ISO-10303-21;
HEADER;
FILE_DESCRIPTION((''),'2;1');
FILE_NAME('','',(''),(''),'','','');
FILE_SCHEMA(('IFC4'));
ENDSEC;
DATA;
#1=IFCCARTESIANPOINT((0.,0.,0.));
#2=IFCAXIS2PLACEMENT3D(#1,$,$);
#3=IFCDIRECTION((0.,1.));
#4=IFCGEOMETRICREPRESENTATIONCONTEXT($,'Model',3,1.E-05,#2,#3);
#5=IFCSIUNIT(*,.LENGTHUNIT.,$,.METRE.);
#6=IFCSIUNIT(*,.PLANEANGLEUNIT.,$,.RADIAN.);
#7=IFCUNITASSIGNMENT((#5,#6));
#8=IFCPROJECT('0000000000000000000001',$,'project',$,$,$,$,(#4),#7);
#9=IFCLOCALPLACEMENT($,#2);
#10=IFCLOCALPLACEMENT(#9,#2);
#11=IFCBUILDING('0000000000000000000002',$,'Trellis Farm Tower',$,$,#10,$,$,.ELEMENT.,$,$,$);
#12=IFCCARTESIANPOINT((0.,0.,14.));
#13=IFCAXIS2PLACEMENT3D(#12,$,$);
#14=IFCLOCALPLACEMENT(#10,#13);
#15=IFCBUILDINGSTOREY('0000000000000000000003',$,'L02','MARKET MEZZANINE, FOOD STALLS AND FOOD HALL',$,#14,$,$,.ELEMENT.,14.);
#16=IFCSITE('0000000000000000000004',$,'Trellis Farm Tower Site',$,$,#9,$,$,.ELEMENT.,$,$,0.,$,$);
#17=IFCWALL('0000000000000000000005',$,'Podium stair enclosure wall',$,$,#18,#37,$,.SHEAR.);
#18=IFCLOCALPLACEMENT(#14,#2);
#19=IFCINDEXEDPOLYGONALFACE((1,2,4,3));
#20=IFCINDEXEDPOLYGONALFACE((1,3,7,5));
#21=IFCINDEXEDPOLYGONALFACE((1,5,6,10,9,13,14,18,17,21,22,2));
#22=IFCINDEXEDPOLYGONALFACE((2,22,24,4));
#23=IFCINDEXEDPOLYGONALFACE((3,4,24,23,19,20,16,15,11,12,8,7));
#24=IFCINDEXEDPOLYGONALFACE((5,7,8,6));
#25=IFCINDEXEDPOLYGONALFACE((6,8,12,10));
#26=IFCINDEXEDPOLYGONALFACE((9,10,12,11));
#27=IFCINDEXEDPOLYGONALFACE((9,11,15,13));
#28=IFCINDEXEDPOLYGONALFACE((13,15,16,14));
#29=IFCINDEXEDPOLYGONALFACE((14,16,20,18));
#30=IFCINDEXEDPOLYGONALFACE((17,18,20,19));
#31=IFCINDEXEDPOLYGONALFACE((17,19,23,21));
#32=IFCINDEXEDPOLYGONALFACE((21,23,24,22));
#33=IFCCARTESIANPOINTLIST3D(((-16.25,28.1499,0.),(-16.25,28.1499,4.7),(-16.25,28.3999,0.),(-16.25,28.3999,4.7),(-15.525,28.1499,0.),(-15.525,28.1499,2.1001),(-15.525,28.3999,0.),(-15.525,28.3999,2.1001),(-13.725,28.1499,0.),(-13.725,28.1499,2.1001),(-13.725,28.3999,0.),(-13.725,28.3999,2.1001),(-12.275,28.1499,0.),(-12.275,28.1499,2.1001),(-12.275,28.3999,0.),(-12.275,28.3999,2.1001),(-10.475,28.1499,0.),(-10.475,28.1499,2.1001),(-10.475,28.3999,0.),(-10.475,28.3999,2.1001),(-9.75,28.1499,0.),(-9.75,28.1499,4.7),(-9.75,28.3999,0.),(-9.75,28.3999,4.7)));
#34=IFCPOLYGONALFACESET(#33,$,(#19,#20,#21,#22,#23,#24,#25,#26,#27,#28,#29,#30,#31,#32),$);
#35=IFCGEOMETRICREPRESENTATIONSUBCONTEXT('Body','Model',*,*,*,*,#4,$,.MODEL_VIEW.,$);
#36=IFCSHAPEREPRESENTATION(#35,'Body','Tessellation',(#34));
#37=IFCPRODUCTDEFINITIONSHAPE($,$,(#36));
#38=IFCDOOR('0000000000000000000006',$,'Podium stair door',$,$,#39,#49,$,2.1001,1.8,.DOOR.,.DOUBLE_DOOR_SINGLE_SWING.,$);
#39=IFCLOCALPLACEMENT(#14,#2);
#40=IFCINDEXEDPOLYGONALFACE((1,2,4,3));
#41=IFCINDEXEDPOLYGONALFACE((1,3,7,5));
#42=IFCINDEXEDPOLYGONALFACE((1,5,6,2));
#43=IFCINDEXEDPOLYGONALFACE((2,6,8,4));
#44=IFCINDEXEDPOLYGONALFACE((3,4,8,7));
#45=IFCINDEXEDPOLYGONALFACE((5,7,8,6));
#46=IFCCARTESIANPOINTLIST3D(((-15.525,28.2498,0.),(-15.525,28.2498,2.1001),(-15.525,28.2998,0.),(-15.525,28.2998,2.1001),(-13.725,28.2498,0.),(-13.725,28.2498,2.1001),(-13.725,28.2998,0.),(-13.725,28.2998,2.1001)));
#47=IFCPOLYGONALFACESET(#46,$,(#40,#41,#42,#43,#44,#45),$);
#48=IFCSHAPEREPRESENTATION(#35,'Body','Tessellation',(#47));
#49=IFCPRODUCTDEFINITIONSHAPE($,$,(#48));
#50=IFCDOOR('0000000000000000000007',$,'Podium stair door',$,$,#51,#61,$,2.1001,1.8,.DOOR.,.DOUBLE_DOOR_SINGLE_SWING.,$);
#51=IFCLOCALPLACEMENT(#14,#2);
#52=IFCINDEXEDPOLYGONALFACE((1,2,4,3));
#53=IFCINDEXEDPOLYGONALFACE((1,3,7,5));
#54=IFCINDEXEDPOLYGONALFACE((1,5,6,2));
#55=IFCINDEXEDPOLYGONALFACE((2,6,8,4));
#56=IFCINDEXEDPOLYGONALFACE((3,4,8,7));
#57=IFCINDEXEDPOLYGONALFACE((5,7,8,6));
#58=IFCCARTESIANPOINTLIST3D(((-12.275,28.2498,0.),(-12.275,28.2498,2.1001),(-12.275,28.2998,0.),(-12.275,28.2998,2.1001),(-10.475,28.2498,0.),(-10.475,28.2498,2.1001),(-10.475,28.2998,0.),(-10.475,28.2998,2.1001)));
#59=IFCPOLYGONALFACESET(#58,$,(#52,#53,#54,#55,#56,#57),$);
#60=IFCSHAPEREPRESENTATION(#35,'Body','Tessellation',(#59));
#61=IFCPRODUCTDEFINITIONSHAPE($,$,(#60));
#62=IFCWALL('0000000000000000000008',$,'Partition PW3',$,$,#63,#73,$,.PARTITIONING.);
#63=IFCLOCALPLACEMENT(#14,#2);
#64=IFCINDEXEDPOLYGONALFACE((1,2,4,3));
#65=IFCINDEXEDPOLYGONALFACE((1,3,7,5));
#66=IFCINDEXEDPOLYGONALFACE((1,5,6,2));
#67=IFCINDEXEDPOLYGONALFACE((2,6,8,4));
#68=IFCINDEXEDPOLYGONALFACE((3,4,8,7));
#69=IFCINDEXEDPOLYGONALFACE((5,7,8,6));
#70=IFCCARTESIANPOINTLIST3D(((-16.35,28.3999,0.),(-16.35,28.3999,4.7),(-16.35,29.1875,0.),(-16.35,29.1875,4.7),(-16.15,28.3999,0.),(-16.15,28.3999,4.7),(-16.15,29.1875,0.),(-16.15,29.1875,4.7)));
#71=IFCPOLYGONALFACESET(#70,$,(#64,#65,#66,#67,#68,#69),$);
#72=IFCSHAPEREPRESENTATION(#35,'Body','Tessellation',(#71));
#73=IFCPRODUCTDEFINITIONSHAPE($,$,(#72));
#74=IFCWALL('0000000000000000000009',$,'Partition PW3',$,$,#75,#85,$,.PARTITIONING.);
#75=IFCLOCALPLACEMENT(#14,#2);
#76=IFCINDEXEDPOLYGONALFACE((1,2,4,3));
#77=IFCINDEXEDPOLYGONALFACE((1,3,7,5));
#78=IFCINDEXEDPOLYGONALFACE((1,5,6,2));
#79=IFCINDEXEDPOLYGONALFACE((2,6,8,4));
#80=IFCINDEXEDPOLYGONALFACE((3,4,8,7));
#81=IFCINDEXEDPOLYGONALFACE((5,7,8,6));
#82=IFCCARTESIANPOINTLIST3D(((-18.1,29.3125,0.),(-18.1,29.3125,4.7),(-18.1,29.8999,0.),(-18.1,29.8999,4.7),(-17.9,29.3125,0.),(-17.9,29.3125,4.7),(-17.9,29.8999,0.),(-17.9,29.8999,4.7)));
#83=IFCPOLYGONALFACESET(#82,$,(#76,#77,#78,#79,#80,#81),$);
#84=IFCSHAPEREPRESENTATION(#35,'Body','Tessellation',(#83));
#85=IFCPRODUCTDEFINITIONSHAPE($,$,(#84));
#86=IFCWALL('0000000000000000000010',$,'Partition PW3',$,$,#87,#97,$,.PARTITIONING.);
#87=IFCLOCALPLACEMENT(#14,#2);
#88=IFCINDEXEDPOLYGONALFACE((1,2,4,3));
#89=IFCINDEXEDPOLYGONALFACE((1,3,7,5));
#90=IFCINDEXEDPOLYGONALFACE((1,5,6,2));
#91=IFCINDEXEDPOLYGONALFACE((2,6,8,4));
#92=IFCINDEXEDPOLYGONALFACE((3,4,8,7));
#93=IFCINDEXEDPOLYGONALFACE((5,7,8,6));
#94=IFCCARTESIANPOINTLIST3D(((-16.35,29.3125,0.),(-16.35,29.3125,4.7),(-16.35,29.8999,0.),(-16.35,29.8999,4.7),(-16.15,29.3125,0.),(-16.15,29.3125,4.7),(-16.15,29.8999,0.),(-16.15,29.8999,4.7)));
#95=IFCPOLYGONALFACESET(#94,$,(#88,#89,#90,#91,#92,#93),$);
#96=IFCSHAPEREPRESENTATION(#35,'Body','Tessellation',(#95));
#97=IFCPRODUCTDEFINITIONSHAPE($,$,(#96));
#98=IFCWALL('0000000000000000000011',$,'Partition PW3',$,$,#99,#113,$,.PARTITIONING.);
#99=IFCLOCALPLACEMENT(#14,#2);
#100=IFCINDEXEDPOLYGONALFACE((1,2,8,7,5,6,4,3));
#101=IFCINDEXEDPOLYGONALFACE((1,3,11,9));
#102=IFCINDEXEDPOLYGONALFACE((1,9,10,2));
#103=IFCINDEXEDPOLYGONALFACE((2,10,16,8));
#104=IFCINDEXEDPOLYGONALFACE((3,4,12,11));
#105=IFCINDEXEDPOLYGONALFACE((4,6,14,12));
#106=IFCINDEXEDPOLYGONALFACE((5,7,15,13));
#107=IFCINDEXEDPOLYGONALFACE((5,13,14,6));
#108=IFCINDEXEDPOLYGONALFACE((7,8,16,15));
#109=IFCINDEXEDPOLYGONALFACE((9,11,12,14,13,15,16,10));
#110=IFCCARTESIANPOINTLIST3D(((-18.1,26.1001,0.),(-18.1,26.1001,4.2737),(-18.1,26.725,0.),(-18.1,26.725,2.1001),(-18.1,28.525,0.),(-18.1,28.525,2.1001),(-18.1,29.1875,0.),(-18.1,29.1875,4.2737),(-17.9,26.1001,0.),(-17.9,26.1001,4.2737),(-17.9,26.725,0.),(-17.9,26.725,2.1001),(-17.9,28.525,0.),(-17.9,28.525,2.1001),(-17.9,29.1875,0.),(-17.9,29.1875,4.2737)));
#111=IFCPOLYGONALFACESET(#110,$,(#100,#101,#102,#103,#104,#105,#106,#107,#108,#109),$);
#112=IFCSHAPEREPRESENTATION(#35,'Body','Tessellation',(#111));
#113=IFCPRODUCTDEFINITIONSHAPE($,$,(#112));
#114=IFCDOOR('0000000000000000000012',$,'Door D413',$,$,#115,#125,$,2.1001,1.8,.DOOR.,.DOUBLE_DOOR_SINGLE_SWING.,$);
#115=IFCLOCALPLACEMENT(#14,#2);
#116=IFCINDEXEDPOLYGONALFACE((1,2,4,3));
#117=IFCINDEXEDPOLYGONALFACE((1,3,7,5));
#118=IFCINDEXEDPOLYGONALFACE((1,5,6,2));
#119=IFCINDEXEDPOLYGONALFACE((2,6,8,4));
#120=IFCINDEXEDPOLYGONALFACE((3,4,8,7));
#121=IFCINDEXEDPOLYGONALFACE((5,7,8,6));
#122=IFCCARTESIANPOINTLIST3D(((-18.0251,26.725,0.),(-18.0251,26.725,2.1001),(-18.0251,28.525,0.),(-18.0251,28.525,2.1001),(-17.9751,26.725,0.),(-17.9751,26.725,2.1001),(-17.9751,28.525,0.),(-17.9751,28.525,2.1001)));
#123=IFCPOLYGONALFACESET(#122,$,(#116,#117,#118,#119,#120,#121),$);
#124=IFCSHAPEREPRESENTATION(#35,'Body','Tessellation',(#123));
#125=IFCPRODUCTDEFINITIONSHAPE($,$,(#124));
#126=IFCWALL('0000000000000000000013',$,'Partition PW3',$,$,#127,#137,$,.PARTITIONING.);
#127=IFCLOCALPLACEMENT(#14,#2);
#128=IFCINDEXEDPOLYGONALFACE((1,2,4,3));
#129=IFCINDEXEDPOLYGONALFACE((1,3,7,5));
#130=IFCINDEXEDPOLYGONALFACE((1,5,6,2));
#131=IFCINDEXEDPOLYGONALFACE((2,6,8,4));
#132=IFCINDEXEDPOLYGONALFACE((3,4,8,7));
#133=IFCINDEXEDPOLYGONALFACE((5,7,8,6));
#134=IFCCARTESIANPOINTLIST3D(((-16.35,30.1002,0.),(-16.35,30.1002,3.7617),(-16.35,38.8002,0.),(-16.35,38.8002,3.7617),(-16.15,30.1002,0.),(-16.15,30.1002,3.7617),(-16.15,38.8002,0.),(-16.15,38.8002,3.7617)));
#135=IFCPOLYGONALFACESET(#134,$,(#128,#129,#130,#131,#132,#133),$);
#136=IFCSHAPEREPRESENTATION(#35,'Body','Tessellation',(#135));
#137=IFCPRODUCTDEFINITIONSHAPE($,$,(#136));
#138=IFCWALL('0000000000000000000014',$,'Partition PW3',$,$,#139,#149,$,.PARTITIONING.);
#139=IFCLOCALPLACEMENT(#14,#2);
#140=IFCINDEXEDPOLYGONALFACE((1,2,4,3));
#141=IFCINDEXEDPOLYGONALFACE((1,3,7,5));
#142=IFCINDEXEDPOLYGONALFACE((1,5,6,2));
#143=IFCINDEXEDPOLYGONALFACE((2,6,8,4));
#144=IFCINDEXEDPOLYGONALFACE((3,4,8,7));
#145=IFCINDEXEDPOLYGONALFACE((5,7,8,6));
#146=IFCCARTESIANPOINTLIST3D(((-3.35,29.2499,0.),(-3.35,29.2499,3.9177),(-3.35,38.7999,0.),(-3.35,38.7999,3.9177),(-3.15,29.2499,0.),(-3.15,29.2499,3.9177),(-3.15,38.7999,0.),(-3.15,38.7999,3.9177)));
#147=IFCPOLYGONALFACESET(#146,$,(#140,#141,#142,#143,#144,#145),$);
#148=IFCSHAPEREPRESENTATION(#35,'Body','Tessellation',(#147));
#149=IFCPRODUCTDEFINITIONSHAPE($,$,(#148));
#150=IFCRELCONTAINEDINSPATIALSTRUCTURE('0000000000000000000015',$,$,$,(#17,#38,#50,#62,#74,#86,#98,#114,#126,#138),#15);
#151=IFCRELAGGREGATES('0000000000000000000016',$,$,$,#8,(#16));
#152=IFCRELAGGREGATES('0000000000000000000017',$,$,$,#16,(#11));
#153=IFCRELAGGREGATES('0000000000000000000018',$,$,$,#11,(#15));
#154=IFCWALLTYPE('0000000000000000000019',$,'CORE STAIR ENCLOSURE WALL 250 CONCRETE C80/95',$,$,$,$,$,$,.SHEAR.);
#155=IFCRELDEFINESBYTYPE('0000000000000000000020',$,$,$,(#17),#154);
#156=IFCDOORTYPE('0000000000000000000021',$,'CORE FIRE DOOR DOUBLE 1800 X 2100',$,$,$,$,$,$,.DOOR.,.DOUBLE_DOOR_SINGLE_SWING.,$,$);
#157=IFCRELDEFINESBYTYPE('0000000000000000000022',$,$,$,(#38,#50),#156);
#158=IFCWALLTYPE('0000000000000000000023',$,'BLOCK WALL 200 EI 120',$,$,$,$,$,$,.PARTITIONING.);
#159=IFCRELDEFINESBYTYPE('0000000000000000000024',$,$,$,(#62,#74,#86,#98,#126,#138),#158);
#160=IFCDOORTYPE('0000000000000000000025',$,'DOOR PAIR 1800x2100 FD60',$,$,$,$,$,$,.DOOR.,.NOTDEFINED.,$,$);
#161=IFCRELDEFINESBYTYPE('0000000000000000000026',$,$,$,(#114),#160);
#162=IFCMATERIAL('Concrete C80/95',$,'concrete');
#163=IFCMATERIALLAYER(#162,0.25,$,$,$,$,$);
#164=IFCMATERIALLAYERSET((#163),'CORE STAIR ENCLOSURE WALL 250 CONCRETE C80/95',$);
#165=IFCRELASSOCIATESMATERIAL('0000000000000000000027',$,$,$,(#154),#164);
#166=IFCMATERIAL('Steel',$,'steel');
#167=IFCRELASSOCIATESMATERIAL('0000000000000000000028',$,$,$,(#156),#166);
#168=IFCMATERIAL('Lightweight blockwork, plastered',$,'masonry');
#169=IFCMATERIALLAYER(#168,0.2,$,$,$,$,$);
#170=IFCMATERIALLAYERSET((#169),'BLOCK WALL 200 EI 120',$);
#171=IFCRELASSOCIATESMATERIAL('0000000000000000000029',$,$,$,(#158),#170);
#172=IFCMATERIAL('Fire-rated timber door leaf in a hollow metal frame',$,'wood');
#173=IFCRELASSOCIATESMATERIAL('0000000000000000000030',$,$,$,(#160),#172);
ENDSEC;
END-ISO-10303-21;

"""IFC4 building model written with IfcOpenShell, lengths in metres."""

from ifc_helpers import new_model, si_unit, direction, frame, frame_2d, origin, place, context, subcontext, project, spatial, rectangle, extrude, source, transform, mapped, material, layer, layer_set, type_object, element, fill, save


model = new_model("IFC4")

# Units and contexts
model_context = context("Model", 3, precision=1e-05, world=origin(), true_north=direction((0.0, 1.0)))
body_context = subcontext(model_context, "Body", "Model", "MODEL_VIEW")
ifc_project = project(units=[si_unit("LENGTHUNIT", "METRE"), si_unit("PLANEANGLEUNIT", "RADIAN")], contexts=[model_context])

# Site, building, storey
site_placement = place(None, origin())
site = spatial("IfcSite", under=ifc_project, at=site_placement, Name="Trellis Farm Tower Site", CompositionType="ELEMENT", RefElevation=0.0)
building_placement = place(site_placement, origin())
building = spatial("IfcBuilding", under=site, at=building_placement, Name="Trellis Farm Tower", CompositionType="ELEMENT")
storey_placement = place(building_placement, frame((0.0, 0.0, 14.0)))
storey = spatial("IfcBuildingStorey", under=building, at=storey_placement, Name="L02", Description="MARKET MEZZANINE, FOOD STALLS AND FOOD HALL", CompositionType="ELEMENT", Elevation=14.0)

# Shared definitions
ifc_material_1 = material(Name="Concrete C80/95", Category="concrete")

# Wall, openings, doors
ifc_layer_1 = layer(ifc_material_1, 0.25)
ifc_layer_set_1 = layer_set([ifc_layer_1], Name="CORE STAIR ENCLOSURE WALL 250 CONCRETE C80/95")
wall_type_1 = type_object("IfcWallType", Name="CORE STAIR ENCLOSURE WALL 250 CONCRETE C80/95", PredefinedType="SHEAR", material=ifc_layer_set_1)
shared_shape_1 = source(origin(), body_context, "Body", "SweptSolid", [
    extrude(rectangle(XDim=6.5, YDim=0.25, at=frame_2d((3.25, 0.0))), origin(), (0.0, 0.0, 1.0), 4.7),
])
wall_1_placement = place(storey_placement, frame((-16.25, 28.2749, 0.0), z_axis=(0.0, 0.0, 1.0), x_axis=(1.0, 0.0, 0.0)))
wall_1 = element("IfcWall", 1, at=wall_1_placement, inside=storey, type_object=wall_type_1, Name="Podium stair enclosure wall", PredefinedType="SHEAR", context=body_context, shape_type="MappedRepresentation", body=[
    mapped(shared_shape_1, transform((0.0, 0.0, 0.0))),
])
shared_shape_2 = source(origin(), body_context, "Body", "SweptSolid", [
    extrude(rectangle(XDim=1.8, YDim=2.1001, at=frame_2d((0.8999, 1.05))), frame((0.0, 0.135, 0.0), z_axis=(0.0, -1.0, 0.0), x_axis=(1.0, 0.0, 0.0)), (0.0, 0.0, 1.0), 0.27),
])
opening_1_placement = place(wall_1_placement, frame((0.7251, 0.0, 0.0)))
opening_1 = element("IfcOpeningElement", 2, at=opening_1_placement, cuts=wall_1, PredefinedType="OPENING", context=body_context, shape_type="MappedRepresentation", body=[
    mapped(shared_shape_2, transform((0.0, 0.0, 0.0))),
])
opening_2_placement = place(wall_1_placement, frame((3.9751, 0.0, 0.0)))
opening_2 = element("IfcOpeningElement", 3, at=opening_2_placement, cuts=wall_1, PredefinedType="OPENING", context=body_context, shape_type="MappedRepresentation", body=[
    mapped(shared_shape_2, transform((0.0, 0.0, 0.0))),
])
ifc_material_2 = material(Name="Steel", Category="steel")
door_type_1 = type_object("IfcDoorType", Name="CORE FIRE DOOR DOUBLE 1800 X 2100", OperationType="DOUBLE_DOOR_SINGLE_SWING", PredefinedType="DOOR", material=ifc_material_2)
shared_shape_3 = source(origin(), body_context, "Body", "SweptSolid", [
    extrude(rectangle(XDim=1.8, YDim=2.1001, at=frame_2d((0.8999, 1.05))), frame((0.0, 0.0249, 0.0), z_axis=(0.0, -1.0, 0.0), x_axis=(1.0, 0.0, 0.0)), (0.0, 0.0, 1.0), 0.05),
])
door_1_placement = place(opening_1_placement, origin())
door_1 = element("IfcDoor", 4, at=door_1_placement, inside=storey, type_object=door_type_1, Name="Podium stair door", OperationType="DOUBLE_DOOR_SINGLE_SWING", OverallHeight=2.1001, OverallWidth=1.8, PredefinedType="DOOR", context=body_context, shape_type="MappedRepresentation", body=[
    mapped(shared_shape_3, transform((0.0, 0.0, 0.0))),
])
fill(opening_1, door_1)
door_2_placement = place(opening_2_placement, origin())
door_2 = element("IfcDoor", 5, at=door_2_placement, inside=storey, type_object=door_type_1, Name="Podium stair door", OperationType="DOUBLE_DOOR_SINGLE_SWING", OverallHeight=2.1001, OverallWidth=1.8, PredefinedType="DOOR", context=body_context, shape_type="MappedRepresentation", body=[
    mapped(shared_shape_3, transform((0.0, 0.0, 0.0))),
])
fill(opening_2, door_2)

# Walls
ifc_material_3 = material(Name="Lightweight blockwork, plastered", Category="masonry")
ifc_layer_2 = layer(ifc_material_3, 0.2)
ifc_layer_set_2 = layer_set([ifc_layer_2], Name="BLOCK WALL 200 EI 120")
wall_type_2 = type_object("IfcWallType", Name="BLOCK WALL 200 EI 120", PredefinedType="PARTITIONING", material=ifc_layer_set_2)
shared_shape_4 = source(origin(), body_context, "Body", "SweptSolid", [
    extrude(rectangle(XDim=0.7876, YDim=0.2, at=frame_2d((0.3938, 0.0))), origin(), (0.0, 0.0, 1.0), 4.7),
])
wall_2_placement = place(storey_placement, frame((-16.25, 28.3999, 0.0), z_axis=(0.0, 0.0, 1.0), x_axis=(0.0, 1.0, 0.0)))
element("IfcWall", 6, at=wall_2_placement, inside=storey, type_object=wall_type_2, Name="Partition PW3", PredefinedType="PARTITIONING", context=body_context, shape_type="MappedRepresentation", body=[
    mapped(shared_shape_4, transform((0.0, 0.0, 0.0))),
])
shared_shape_5 = source(origin(), body_context, "Body", "SweptSolid", [
    extrude(rectangle(XDim=0.5874, YDim=0.2, at=frame_2d((0.2937, 0.0))), origin(), (0.0, 0.0, 1.0), 4.7),
])
for number, where, z_axis, x_axis, name in (
    (7, (-18.0, 29.3125, 0.0), (0.0, 0.0, 1.0), (0.0, 1.0, 0.0), "Partition PW3"),
    (8, (-16.25, 29.3125, 0.0), (0.0, 0.0, 1.0), (0.0, 1.0, 0.0), "Partition PW3"),
):
    element("IfcWall", number, at=place(storey_placement, frame(where, z_axis=z_axis, x_axis=x_axis)), inside=storey, type_object=wall_type_2, Name=name, PredefinedType="PARTITIONING", context=body_context, shape_type="MappedRepresentation", body=[
        mapped(shared_shape_5, transform((0.0, 0.0, 0.0))),
    ])

# Wall, opening, door
shared_shape_6 = source(origin(), body_context, "Body", "SweptSolid", [
    extrude(rectangle(XDim=3.0874, YDim=0.2, at=frame_2d((1.5437, 0.0))), origin(), (0.0, 0.0, 1.0), 4.2737),
])
wall_3_placement = place(storey_placement, frame((-18.0, 29.1875, 0.0), z_axis=(0.0, 0.0, 1.0), x_axis=(0.0, -1.0, 0.0)))
wall_3 = element("IfcWall", 9, at=wall_3_placement, inside=storey, type_object=wall_type_2, Name="Partition PW3", PredefinedType="PARTITIONING", context=body_context, shape_type="MappedRepresentation", body=[
    mapped(shared_shape_6, transform((0.0, 0.0, 0.0))),
])
shared_shape_7 = source(origin(), body_context, "Body", "SweptSolid", [
    extrude(rectangle(XDim=1.8, YDim=2.1001, at=frame_2d((0.8999, 1.05))), frame((0.0, 0.1101, 0.0), z_axis=(0.0, -1.0, 0.0), x_axis=(1.0, 0.0, 0.0)), (0.0, 0.0, 1.0), 0.2202),
])
opening_3_placement = place(wall_3_placement, frame((0.6626, 0.0, 0.0)))
opening_3 = element("IfcOpeningElement", 10, at=opening_3_placement, cuts=wall_3, PredefinedType="OPENING", context=body_context, shape_type="MappedRepresentation", body=[
    mapped(shared_shape_7, transform((0.0, 0.0, 0.0))),
])
ifc_material_4 = material(Name="Fire-rated timber door leaf in a hollow metal frame", Category="wood")
door_type_2 = type_object("IfcDoorType", Name="DOOR PAIR 1800x2100 FD60", OperationType="NOTDEFINED", PredefinedType="DOOR", material=ifc_material_4)
door_3_placement = place(opening_3_placement, origin())
door_3 = element("IfcDoor", 11, at=door_3_placement, inside=storey, type_object=door_type_2, Name="Door D413", OperationType="DOUBLE_DOOR_SINGLE_SWING", OverallHeight=2.1001, OverallWidth=1.8, PredefinedType="DOOR", context=body_context, shape_type="MappedRepresentation", body=[
    mapped(shared_shape_3, transform((0.0, 0.0, 0.0))),
])
fill(opening_3, door_3)

# Walls
shared_shape_8 = source(origin(), body_context, "Body", "SweptSolid", [
    extrude(rectangle(XDim=8.7, YDim=0.2, at=frame_2d((4.3501, 0.0))), origin(), (0.0, 0.0, 1.0), 3.7617),
])
wall_4_placement = place(storey_placement, frame((-16.25, 30.1001, 0.0), z_axis=(0.0, 0.0, 1.0), x_axis=(0.0, 1.0, 0.0)))
element("IfcWall", 12, at=wall_4_placement, inside=storey, type_object=wall_type_2, Name="Partition PW3", PredefinedType="PARTITIONING", context=body_context, shape_type="MappedRepresentation", body=[
    mapped(shared_shape_8, transform((0.0, 0.0, 0.0))),
])
shared_shape_9 = source(origin(), body_context, "Body", "SweptSolid", [
    extrude(rectangle(XDim=9.55, YDim=0.2, at=frame_2d((4.7749, 0.0))), origin(), (0.0, 0.0, 1.0), 3.9177),
])
wall_5_placement = place(storey_placement, frame((-3.25, 29.25, 0.0), z_axis=(0.0, 0.0, 1.0), x_axis=(0.0, 1.0, 0.0)))
element("IfcWall", 13, at=wall_5_placement, inside=storey, type_object=wall_type_2, Name="Partition PW3", PredefinedType="PARTITIONING", context=body_context, shape_type="MappedRepresentation", body=[
    mapped(shared_shape_9, transform((0.0, 0.0, 0.0))),
])

save(model, "model.ifc")
